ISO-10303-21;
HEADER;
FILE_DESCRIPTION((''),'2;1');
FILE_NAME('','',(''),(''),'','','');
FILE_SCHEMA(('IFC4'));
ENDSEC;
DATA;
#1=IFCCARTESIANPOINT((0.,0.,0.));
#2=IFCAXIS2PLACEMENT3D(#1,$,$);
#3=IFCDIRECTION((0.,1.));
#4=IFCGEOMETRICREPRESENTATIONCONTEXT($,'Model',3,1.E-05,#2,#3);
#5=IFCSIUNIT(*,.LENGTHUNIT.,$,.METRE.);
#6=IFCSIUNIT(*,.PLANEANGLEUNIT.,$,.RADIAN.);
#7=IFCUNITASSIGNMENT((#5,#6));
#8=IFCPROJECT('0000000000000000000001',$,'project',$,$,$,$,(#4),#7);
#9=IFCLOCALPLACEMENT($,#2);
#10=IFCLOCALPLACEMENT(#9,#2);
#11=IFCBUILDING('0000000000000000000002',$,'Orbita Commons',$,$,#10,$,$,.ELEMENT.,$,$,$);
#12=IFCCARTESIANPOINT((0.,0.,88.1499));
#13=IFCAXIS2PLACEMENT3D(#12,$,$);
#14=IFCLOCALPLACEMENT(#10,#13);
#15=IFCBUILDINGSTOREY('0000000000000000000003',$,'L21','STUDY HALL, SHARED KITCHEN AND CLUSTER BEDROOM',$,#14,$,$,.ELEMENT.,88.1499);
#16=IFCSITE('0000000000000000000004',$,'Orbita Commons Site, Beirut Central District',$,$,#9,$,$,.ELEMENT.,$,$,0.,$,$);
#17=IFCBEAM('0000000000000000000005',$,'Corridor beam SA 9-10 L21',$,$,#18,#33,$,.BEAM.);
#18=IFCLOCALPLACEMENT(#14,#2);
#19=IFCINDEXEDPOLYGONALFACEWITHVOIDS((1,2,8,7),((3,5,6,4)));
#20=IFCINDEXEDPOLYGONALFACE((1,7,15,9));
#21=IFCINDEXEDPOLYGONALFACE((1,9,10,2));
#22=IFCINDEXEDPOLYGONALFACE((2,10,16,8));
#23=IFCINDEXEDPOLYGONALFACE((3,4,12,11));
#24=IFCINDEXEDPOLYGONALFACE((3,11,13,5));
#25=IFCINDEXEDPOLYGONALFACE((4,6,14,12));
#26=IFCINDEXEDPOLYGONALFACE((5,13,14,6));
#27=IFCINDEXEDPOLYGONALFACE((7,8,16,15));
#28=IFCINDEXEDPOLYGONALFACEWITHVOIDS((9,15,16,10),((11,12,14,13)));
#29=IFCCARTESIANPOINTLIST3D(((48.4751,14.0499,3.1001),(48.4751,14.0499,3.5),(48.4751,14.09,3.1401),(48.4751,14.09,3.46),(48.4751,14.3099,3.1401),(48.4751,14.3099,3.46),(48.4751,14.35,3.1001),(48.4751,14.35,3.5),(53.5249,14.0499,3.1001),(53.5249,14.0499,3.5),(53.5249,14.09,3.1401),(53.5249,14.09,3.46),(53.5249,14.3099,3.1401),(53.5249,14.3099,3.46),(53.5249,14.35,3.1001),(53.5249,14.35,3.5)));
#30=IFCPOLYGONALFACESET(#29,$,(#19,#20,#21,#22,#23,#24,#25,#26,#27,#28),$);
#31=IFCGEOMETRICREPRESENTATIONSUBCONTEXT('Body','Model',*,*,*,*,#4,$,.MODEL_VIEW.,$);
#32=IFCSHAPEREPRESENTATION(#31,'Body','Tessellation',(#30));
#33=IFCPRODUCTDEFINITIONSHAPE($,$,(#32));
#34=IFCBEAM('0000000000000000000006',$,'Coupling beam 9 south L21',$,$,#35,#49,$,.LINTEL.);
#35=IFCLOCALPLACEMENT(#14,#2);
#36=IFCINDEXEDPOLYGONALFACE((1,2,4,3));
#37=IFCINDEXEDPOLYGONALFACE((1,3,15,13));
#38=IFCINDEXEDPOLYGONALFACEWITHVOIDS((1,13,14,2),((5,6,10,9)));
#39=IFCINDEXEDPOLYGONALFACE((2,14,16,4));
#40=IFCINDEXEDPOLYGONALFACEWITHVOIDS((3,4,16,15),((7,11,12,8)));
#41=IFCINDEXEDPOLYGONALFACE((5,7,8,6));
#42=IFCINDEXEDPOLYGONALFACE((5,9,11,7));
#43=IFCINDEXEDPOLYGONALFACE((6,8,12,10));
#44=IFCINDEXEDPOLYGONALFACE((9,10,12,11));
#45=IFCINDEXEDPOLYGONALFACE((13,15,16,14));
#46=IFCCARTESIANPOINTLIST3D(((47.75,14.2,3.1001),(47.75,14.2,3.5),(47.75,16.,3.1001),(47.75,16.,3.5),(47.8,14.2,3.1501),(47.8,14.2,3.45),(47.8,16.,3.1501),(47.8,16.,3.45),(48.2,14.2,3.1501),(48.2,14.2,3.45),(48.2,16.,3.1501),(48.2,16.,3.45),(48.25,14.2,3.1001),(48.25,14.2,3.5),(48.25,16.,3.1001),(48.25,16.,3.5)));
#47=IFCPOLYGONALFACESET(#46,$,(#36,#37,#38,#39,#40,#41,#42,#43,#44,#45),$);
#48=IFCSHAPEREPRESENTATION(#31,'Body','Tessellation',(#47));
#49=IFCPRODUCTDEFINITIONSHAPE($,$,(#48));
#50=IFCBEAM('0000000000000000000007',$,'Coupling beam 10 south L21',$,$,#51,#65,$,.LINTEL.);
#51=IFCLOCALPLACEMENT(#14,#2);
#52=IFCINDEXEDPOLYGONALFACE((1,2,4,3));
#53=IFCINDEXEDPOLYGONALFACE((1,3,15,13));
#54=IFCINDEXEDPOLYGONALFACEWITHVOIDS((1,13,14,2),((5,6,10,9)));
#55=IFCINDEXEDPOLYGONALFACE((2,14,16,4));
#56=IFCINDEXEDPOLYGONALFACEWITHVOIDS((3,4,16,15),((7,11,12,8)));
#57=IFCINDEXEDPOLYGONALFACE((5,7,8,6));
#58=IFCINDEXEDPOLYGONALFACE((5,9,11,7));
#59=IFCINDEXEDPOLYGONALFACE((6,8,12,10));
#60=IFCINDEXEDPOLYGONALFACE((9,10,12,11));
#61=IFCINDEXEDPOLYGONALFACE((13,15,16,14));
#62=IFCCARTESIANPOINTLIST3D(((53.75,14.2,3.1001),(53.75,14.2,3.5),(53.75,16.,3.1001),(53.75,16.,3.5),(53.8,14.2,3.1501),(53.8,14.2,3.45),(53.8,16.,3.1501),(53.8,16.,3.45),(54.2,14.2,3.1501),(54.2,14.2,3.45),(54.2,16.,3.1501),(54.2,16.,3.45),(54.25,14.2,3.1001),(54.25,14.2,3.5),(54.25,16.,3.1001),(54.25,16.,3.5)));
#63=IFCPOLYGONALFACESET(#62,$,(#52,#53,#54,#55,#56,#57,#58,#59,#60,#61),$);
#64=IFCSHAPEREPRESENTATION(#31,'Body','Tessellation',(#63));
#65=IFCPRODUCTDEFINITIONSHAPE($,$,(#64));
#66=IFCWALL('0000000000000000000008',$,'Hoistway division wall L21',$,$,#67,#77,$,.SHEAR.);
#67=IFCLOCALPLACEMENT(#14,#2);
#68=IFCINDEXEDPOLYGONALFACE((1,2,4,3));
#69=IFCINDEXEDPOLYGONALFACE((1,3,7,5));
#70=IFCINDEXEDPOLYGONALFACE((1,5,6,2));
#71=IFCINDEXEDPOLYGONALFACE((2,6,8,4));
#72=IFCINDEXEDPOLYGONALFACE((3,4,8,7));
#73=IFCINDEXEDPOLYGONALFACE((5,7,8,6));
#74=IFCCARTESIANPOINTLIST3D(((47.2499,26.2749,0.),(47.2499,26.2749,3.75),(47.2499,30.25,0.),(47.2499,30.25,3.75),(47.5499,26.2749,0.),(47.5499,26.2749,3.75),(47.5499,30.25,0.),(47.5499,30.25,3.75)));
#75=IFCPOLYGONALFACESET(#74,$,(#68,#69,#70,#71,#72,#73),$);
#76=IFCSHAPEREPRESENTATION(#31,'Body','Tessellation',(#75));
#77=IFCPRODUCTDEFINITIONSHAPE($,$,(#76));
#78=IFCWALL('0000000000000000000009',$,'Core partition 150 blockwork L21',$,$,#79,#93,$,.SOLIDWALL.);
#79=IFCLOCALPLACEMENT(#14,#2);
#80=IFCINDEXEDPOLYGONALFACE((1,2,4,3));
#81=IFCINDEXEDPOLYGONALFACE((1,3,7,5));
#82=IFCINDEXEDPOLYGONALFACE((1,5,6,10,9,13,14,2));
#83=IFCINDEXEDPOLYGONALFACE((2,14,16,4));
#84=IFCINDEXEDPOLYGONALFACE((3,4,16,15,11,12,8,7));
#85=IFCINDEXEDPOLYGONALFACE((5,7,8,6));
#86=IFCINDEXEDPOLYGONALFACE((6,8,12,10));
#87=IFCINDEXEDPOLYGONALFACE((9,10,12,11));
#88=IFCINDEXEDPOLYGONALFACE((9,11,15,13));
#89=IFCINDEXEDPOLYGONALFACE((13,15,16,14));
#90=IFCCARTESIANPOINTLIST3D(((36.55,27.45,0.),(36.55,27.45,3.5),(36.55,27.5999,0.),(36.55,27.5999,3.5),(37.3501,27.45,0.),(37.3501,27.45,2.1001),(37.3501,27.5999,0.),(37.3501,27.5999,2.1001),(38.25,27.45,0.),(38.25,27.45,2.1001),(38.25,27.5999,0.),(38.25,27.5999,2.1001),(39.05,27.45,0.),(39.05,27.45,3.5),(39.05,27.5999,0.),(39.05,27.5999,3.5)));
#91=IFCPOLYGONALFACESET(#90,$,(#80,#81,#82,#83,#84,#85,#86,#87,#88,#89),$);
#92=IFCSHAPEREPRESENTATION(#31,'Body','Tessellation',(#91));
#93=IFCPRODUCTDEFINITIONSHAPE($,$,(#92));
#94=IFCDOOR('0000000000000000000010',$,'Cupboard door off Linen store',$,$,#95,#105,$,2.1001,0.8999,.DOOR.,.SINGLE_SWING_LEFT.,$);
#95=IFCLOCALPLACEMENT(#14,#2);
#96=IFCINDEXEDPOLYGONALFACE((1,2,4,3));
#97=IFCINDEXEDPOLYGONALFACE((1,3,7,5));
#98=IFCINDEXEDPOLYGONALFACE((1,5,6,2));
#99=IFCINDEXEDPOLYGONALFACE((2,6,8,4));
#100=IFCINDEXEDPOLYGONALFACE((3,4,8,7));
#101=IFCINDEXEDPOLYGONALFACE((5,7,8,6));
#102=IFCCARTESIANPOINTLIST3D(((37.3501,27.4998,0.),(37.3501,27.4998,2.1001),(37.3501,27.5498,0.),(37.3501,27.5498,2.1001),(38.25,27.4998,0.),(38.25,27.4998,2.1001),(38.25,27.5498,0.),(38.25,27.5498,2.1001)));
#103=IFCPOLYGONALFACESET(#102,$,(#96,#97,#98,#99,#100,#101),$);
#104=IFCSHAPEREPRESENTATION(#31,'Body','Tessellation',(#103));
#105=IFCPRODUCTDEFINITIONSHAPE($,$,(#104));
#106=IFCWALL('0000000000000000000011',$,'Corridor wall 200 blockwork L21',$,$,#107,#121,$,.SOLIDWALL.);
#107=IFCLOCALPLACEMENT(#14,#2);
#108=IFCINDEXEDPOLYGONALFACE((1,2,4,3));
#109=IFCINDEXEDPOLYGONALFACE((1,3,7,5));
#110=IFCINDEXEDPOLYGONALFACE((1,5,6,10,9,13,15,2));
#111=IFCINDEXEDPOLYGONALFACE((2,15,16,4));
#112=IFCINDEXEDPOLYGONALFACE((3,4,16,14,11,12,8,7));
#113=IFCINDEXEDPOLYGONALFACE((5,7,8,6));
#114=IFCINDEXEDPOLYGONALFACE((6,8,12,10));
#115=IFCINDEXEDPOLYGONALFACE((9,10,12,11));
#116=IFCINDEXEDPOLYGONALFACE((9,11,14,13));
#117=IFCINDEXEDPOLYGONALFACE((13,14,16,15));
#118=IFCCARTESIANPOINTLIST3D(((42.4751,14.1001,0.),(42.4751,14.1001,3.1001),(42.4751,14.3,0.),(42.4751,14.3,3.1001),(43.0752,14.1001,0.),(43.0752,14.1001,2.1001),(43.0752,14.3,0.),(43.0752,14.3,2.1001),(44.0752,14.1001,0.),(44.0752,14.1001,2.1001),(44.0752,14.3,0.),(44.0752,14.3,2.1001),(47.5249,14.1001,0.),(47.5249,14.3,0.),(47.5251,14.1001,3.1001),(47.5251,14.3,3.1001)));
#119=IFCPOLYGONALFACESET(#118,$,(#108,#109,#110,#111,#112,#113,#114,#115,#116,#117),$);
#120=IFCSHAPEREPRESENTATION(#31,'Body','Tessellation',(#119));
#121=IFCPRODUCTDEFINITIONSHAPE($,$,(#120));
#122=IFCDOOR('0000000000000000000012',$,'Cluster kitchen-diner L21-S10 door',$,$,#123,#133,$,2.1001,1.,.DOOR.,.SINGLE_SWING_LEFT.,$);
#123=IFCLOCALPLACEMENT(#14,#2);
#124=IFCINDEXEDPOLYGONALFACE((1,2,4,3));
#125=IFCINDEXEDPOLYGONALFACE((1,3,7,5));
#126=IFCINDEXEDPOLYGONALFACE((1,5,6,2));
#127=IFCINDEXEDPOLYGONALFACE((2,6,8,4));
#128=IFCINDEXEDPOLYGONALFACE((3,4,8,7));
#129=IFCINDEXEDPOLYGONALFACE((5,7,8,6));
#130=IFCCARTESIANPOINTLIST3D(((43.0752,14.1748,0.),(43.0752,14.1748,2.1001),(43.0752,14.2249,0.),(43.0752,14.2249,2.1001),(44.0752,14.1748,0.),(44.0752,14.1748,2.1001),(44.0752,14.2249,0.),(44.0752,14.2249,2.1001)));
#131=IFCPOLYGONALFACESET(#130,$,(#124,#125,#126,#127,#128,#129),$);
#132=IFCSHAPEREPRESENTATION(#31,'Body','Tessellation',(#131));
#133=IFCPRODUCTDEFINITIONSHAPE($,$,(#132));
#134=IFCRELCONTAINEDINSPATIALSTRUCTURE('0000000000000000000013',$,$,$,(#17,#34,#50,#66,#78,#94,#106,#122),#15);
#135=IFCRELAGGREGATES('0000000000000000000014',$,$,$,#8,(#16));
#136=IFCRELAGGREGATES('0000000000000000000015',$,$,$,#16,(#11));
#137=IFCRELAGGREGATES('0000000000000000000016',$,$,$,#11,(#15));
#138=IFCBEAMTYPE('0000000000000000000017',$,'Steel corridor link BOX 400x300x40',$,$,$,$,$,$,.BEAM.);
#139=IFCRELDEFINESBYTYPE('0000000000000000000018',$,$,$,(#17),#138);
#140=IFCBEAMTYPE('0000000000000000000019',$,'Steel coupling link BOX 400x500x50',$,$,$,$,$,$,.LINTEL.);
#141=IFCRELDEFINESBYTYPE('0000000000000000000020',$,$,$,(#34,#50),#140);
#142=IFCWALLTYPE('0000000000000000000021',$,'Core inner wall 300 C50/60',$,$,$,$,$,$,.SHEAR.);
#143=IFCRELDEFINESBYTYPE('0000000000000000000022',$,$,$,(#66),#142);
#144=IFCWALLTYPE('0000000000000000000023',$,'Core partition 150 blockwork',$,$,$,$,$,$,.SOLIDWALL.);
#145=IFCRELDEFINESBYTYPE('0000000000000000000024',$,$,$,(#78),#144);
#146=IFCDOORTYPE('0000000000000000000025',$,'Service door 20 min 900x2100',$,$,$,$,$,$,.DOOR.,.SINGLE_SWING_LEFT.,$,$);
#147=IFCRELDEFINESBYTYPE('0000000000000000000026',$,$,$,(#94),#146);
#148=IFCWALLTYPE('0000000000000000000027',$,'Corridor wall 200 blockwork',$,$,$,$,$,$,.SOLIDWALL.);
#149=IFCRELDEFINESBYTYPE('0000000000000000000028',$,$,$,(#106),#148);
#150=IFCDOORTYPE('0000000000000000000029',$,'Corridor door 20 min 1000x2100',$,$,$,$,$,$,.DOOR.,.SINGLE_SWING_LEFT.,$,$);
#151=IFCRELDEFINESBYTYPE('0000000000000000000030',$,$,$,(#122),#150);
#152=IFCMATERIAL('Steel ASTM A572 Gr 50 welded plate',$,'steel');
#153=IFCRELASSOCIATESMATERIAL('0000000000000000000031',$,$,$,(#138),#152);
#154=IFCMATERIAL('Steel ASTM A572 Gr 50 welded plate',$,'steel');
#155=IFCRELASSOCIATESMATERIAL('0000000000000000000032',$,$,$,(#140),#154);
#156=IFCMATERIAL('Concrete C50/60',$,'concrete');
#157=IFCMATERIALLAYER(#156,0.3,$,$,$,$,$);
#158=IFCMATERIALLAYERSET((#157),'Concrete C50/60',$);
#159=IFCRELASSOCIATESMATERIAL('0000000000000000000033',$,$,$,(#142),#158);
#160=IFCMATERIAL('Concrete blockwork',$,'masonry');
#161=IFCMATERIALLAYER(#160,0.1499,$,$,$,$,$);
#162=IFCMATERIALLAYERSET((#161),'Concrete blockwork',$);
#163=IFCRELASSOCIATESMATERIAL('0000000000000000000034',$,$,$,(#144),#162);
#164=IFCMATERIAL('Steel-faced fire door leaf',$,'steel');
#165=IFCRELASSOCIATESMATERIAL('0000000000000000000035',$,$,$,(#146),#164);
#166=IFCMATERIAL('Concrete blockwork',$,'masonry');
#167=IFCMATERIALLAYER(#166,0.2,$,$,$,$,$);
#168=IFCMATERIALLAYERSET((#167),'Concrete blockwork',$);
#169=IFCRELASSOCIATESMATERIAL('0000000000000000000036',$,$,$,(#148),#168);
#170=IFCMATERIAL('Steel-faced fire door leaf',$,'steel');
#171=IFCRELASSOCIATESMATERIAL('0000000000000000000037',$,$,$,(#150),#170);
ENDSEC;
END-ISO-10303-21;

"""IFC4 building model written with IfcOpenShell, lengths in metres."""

from ifc_helpers import new_model, si_unit, direction, frame, frame_2d, origin, origin_2d, place, context, subcontext, project, spatial, polyline, rectangle, hollow_rectangle, outline, extrude, material, layer, layer_set, material_profile, profile_set, type_object, element, fill, save


model = new_model("IFC4")

# Units and contexts
model_context = context("Model", 3, precision=1e-05, world=origin(), true_north=direction((0.0, 1.0)))
body_context = subcontext(model_context, "Body", "Model", "MODEL_VIEW")
ifc_project = project(units=[si_unit("LENGTHUNIT", "METRE"), si_unit("PLANEANGLEUNIT", "RADIAN")], contexts=[model_context])

# Site, building, storey
site_placement = place(None, origin())
site = spatial("IfcSite", under=ifc_project, at=site_placement, Name="Orbita Commons Site, Beirut Central District", CompositionType="ELEMENT", RefElevation=0.0)
building_placement = place(site_placement, origin())
building = spatial("IfcBuilding", under=site, at=building_placement, Name="Orbita Commons", CompositionType="ELEMENT")
storey_placement = place(building_placement, frame((0.0, 0.0, 88.1499)))
storey = spatial("IfcBuildingStorey", under=building, at=storey_placement, Name="L21", Description="STUDY HALL, SHARED KITCHEN AND CLUSTER BEDROOM", CompositionType="ELEMENT", Elevation=88.1499)

# Beams
ifc_material_1 = material(Name="Steel ASTM A572 Gr 50 welded plate", Category="steel")
ifc_material_profile_1 = material_profile(ifc_material_1, hollow_rectangle(XDim=0.3, YDim=0.3999, WallThickness=0.04, at=origin_2d()), Name="BOX 400x300x40")
ifc_profile_set_1 = profile_set([ifc_material_profile_1], Name="Steel ASTM A572 Gr 50 welded plate")
beam_type_1 = type_object("IfcBeamType", Name="Steel corridor link BOX 400x300x40", PredefinedType="BEAM", material=ifc_profile_set_1)
beam_placement = place(storey_placement, frame((48.4751, 14.2, 3.3), z_axis=(1.0, 0.0, 0.0), x_axis=(0.0, 1.0, 0.0)))
element("IfcBeam", 1, at=beam_placement, inside=storey, type_object=beam_type_1, Name="Corridor beam SA 9-10 L21", PredefinedType="BEAM", context=body_context, shape_type="SweptSolid", body=[
    extrude(hollow_rectangle(XDim=0.3, YDim=0.3999, WallThickness=0.04, at=origin_2d()), origin(), (0.0, 0.0, 1.0), 5.0498),
])
ifc_material_2 = material(Name="Steel ASTM A572 Gr 50 welded plate", Category="steel")
ifc_material_profile_2 = material_profile(ifc_material_2, hollow_rectangle(XDim=0.5, YDim=0.3999, WallThickness=0.05, at=origin_2d()), Name="BOX 400x500x50")
ifc_profile_set_2 = profile_set([ifc_material_profile_2], Name="Steel ASTM A572 Gr 50 welded plate")
beam_type_2 = type_object("IfcBeamType", Name="Steel coupling link BOX 400x500x50", PredefinedType="LINTEL", material=ifc_profile_set_2)
for number, where, z_axis, x_axis, name in (
    (2, (48.0, 14.2, 3.3), (0.0, 1.0, 0.0), (-1.0, 0.0, 0.0), "Coupling beam 9 south L21"),
    (3, (54.0, 14.2, 3.3), (0.0, 1.0, 0.0), (-1.0, 0.0, 0.0), "Coupling beam 10 south L21"),
):
    element("IfcBeam", number, at=place(storey_placement, frame(where, z_axis=z_axis, x_axis=x_axis)), inside=storey, type_object=beam_type_2, Name=name, PredefinedType="LINTEL", context=body_context, shape_type="SweptSolid", body=[
        extrude(hollow_rectangle(XDim=0.5, YDim=0.3999, WallThickness=0.05, at=origin_2d()), origin(), (0.0, 0.0, 1.0), 1.8),
    ])

# Wall
ifc_material_3 = material(Name="Concrete C50/60", Category="concrete")
ifc_layer_1 = layer(ifc_material_3, 0.3)
ifc_layer_set_1 = layer_set([ifc_layer_1], Name="Concrete C50/60")
wall_type_1 = type_object("IfcWallType", Name="Core inner wall 300 C50/60", PredefinedType="SHEAR", material=ifc_layer_set_1)
wall_1_placement = place(storey_placement, frame((47.3999, 26.2749, 0.0), z_axis=(0.0, 0.0, 1.0), x_axis=(0.0, 1.0, 0.0)))
element("IfcWall", 4, at=wall_1_placement, inside=storey, type_object=wall_type_1, Name="Hoistway division wall L21", PredefinedType="SHEAR", context=body_context, shape_type="SweptSolid", body=[
    extrude(rectangle(XDim=3.9751, YDim=0.3, at=frame_2d((1.9875, 0.0))), origin(), (0.0, 0.0, 1.0), 3.75),
])

# Walls, openings, doors
ifc_material_4 = material(Name="Concrete blockwork", Category="masonry")
ifc_layer_2 = layer(ifc_material_4, 0.1499)
ifc_layer_set_2 = layer_set([ifc_layer_2], Name="Concrete blockwork")
wall_type_2 = type_object("IfcWallType", Name="Core partition 150 blockwork", PredefinedType="SOLIDWALL", material=ifc_layer_set_2)
wall_2_placement = place(storey_placement, frame((36.55, 27.5249, 0.0), z_axis=(0.0, 0.0, 1.0), x_axis=(1.0, 0.0, 0.0)))
wall_2 = element("IfcWall", 5, at=wall_2_placement, inside=storey, type_object=wall_type_2, Name="Core partition 150 blockwork L21", PredefinedType="SOLIDWALL", context=body_context, shape_type="SweptSolid", body=[
    extrude(rectangle(XDim=2.5, YDim=0.1499, at=frame_2d((1.25, 0.0))), origin(), (0.0, 0.0, 1.0), 3.5),
])
opening_1_placement = place(wall_2_placement, frame((0.8, 0.0, 0.0)))
opening_1 = element("IfcOpeningElement", 6, at=opening_1_placement, cuts=wall_2, PredefinedType="OPENING", context=body_context, shape_type="SweptSolid", body=[
    extrude(rectangle(XDim=0.8999, YDim=2.1001, at=frame_2d((0.45, 1.05))), frame((0.0, 0.085, 0.0), z_axis=(0.0, -1.0, 0.0), x_axis=(1.0, 0.0, 0.0)), (0.0, 0.0, 1.0), 0.1699),
])
ifc_material_5 = material(Name="Steel-faced fire door leaf", Category="steel")
door_type_1 = type_object("IfcDoorType", Name="Service door 20 min 900x2100", OperationType="SINGLE_SWING_LEFT", PredefinedType="DOOR", material=ifc_material_5)
door_1_placement = place(opening_1_placement, origin())
door_1 = element("IfcDoor", 7, at=door_1_placement, inside=storey, type_object=door_type_1, Name="Cupboard door off Linen store", OperationType="SINGLE_SWING_LEFT", OverallHeight=2.1001, OverallWidth=0.8999, PredefinedType="DOOR", context=body_context, shape_type="SweptSolid", body=[
    extrude(rectangle(XDim=0.8999, YDim=2.1001, at=frame_2d((0.45, 1.05))), frame((0.0, 0.0249, 0.0), z_axis=(0.0, -1.0, 0.0), x_axis=(1.0, 0.0, 0.0)), (0.0, 0.0, 1.0), 0.05),
])
fill(opening_1, door_1)
ifc_material_6 = material(Name="Concrete blockwork", Category="masonry")
ifc_layer_3 = layer(ifc_material_6, 0.2)
ifc_layer_set_3 = layer_set([ifc_layer_3], Name="Concrete blockwork")
wall_type_3 = type_object("IfcWallType", Name="Corridor wall 200 blockwork", PredefinedType="SOLIDWALL", material=ifc_layer_set_3)
wall_3_placement = place(storey_placement, frame((42.4751, 14.2, 0.0), z_axis=(0.0, 0.0, 1.0), x_axis=(1.0, 0.0, 0.0)))
wall_3 = element("IfcWall", 8, at=wall_3_placement, inside=storey, type_object=wall_type_3, Name="Corridor wall 200 blockwork L21", PredefinedType="SOLIDWALL", context=body_context, shape_type="SweptSolid", body=[
    extrude(outline(polyline([(0.0, 0.0), (5.0498, 0.0), (5.05, 3.1001), (0.0, 3.1001), (0.0, 0.0)])), frame((0.0, 0.1001, 0.0), z_axis=(0.0, -1.0, 0.0), x_axis=(1.0, 0.0, 0.0)), (0.0, 0.0, 1.0), 0.2),
])
opening_2_placement = place(wall_3_placement, frame((0.6001, 0.0, 0.0)))
opening_2 = element("IfcOpeningElement", 9, at=opening_2_placement, cuts=wall_3, PredefinedType="OPENING", context=body_context, shape_type="SweptSolid", body=[
    extrude(rectangle(XDim=1.0, YDim=2.1001, at=frame_2d((0.5, 1.05))), frame((0.0, 0.1099, 0.0), z_axis=(0.0, -1.0, 0.0), x_axis=(1.0, 0.0, 0.0)), (0.0, 0.0, 1.0), 0.22),
])
ifc_material_7 = material(Name="Steel-faced fire door leaf", Category="steel")
door_type_2 = type_object("IfcDoorType", Name="Corridor door 20 min 1000x2100", OperationType="SINGLE_SWING_LEFT", PredefinedType="DOOR", material=ifc_material_7)
door_2_placement = place(opening_2_placement, origin())
door_2 = element("IfcDoor", 10, at=door_2_placement, inside=storey, type_object=door_type_2, Name="Cluster kitchen-diner L21-S10 door", OperationType="SINGLE_SWING_LEFT", OverallHeight=2.1001, OverallWidth=1.0, PredefinedType="DOOR", context=body_context, shape_type="SweptSolid", body=[
    extrude(rectangle(XDim=1.0, YDim=2.1001, at=frame_2d((0.5, 1.05))), frame((0.0, 0.0249, 0.0), z_axis=(0.0, -1.0, 0.0), x_axis=(1.0, 0.0, 0.0)), (0.0, 0.0, 1.0), 0.05),
])
fill(opening_2, door_2)

save(model, "model.ifc")
